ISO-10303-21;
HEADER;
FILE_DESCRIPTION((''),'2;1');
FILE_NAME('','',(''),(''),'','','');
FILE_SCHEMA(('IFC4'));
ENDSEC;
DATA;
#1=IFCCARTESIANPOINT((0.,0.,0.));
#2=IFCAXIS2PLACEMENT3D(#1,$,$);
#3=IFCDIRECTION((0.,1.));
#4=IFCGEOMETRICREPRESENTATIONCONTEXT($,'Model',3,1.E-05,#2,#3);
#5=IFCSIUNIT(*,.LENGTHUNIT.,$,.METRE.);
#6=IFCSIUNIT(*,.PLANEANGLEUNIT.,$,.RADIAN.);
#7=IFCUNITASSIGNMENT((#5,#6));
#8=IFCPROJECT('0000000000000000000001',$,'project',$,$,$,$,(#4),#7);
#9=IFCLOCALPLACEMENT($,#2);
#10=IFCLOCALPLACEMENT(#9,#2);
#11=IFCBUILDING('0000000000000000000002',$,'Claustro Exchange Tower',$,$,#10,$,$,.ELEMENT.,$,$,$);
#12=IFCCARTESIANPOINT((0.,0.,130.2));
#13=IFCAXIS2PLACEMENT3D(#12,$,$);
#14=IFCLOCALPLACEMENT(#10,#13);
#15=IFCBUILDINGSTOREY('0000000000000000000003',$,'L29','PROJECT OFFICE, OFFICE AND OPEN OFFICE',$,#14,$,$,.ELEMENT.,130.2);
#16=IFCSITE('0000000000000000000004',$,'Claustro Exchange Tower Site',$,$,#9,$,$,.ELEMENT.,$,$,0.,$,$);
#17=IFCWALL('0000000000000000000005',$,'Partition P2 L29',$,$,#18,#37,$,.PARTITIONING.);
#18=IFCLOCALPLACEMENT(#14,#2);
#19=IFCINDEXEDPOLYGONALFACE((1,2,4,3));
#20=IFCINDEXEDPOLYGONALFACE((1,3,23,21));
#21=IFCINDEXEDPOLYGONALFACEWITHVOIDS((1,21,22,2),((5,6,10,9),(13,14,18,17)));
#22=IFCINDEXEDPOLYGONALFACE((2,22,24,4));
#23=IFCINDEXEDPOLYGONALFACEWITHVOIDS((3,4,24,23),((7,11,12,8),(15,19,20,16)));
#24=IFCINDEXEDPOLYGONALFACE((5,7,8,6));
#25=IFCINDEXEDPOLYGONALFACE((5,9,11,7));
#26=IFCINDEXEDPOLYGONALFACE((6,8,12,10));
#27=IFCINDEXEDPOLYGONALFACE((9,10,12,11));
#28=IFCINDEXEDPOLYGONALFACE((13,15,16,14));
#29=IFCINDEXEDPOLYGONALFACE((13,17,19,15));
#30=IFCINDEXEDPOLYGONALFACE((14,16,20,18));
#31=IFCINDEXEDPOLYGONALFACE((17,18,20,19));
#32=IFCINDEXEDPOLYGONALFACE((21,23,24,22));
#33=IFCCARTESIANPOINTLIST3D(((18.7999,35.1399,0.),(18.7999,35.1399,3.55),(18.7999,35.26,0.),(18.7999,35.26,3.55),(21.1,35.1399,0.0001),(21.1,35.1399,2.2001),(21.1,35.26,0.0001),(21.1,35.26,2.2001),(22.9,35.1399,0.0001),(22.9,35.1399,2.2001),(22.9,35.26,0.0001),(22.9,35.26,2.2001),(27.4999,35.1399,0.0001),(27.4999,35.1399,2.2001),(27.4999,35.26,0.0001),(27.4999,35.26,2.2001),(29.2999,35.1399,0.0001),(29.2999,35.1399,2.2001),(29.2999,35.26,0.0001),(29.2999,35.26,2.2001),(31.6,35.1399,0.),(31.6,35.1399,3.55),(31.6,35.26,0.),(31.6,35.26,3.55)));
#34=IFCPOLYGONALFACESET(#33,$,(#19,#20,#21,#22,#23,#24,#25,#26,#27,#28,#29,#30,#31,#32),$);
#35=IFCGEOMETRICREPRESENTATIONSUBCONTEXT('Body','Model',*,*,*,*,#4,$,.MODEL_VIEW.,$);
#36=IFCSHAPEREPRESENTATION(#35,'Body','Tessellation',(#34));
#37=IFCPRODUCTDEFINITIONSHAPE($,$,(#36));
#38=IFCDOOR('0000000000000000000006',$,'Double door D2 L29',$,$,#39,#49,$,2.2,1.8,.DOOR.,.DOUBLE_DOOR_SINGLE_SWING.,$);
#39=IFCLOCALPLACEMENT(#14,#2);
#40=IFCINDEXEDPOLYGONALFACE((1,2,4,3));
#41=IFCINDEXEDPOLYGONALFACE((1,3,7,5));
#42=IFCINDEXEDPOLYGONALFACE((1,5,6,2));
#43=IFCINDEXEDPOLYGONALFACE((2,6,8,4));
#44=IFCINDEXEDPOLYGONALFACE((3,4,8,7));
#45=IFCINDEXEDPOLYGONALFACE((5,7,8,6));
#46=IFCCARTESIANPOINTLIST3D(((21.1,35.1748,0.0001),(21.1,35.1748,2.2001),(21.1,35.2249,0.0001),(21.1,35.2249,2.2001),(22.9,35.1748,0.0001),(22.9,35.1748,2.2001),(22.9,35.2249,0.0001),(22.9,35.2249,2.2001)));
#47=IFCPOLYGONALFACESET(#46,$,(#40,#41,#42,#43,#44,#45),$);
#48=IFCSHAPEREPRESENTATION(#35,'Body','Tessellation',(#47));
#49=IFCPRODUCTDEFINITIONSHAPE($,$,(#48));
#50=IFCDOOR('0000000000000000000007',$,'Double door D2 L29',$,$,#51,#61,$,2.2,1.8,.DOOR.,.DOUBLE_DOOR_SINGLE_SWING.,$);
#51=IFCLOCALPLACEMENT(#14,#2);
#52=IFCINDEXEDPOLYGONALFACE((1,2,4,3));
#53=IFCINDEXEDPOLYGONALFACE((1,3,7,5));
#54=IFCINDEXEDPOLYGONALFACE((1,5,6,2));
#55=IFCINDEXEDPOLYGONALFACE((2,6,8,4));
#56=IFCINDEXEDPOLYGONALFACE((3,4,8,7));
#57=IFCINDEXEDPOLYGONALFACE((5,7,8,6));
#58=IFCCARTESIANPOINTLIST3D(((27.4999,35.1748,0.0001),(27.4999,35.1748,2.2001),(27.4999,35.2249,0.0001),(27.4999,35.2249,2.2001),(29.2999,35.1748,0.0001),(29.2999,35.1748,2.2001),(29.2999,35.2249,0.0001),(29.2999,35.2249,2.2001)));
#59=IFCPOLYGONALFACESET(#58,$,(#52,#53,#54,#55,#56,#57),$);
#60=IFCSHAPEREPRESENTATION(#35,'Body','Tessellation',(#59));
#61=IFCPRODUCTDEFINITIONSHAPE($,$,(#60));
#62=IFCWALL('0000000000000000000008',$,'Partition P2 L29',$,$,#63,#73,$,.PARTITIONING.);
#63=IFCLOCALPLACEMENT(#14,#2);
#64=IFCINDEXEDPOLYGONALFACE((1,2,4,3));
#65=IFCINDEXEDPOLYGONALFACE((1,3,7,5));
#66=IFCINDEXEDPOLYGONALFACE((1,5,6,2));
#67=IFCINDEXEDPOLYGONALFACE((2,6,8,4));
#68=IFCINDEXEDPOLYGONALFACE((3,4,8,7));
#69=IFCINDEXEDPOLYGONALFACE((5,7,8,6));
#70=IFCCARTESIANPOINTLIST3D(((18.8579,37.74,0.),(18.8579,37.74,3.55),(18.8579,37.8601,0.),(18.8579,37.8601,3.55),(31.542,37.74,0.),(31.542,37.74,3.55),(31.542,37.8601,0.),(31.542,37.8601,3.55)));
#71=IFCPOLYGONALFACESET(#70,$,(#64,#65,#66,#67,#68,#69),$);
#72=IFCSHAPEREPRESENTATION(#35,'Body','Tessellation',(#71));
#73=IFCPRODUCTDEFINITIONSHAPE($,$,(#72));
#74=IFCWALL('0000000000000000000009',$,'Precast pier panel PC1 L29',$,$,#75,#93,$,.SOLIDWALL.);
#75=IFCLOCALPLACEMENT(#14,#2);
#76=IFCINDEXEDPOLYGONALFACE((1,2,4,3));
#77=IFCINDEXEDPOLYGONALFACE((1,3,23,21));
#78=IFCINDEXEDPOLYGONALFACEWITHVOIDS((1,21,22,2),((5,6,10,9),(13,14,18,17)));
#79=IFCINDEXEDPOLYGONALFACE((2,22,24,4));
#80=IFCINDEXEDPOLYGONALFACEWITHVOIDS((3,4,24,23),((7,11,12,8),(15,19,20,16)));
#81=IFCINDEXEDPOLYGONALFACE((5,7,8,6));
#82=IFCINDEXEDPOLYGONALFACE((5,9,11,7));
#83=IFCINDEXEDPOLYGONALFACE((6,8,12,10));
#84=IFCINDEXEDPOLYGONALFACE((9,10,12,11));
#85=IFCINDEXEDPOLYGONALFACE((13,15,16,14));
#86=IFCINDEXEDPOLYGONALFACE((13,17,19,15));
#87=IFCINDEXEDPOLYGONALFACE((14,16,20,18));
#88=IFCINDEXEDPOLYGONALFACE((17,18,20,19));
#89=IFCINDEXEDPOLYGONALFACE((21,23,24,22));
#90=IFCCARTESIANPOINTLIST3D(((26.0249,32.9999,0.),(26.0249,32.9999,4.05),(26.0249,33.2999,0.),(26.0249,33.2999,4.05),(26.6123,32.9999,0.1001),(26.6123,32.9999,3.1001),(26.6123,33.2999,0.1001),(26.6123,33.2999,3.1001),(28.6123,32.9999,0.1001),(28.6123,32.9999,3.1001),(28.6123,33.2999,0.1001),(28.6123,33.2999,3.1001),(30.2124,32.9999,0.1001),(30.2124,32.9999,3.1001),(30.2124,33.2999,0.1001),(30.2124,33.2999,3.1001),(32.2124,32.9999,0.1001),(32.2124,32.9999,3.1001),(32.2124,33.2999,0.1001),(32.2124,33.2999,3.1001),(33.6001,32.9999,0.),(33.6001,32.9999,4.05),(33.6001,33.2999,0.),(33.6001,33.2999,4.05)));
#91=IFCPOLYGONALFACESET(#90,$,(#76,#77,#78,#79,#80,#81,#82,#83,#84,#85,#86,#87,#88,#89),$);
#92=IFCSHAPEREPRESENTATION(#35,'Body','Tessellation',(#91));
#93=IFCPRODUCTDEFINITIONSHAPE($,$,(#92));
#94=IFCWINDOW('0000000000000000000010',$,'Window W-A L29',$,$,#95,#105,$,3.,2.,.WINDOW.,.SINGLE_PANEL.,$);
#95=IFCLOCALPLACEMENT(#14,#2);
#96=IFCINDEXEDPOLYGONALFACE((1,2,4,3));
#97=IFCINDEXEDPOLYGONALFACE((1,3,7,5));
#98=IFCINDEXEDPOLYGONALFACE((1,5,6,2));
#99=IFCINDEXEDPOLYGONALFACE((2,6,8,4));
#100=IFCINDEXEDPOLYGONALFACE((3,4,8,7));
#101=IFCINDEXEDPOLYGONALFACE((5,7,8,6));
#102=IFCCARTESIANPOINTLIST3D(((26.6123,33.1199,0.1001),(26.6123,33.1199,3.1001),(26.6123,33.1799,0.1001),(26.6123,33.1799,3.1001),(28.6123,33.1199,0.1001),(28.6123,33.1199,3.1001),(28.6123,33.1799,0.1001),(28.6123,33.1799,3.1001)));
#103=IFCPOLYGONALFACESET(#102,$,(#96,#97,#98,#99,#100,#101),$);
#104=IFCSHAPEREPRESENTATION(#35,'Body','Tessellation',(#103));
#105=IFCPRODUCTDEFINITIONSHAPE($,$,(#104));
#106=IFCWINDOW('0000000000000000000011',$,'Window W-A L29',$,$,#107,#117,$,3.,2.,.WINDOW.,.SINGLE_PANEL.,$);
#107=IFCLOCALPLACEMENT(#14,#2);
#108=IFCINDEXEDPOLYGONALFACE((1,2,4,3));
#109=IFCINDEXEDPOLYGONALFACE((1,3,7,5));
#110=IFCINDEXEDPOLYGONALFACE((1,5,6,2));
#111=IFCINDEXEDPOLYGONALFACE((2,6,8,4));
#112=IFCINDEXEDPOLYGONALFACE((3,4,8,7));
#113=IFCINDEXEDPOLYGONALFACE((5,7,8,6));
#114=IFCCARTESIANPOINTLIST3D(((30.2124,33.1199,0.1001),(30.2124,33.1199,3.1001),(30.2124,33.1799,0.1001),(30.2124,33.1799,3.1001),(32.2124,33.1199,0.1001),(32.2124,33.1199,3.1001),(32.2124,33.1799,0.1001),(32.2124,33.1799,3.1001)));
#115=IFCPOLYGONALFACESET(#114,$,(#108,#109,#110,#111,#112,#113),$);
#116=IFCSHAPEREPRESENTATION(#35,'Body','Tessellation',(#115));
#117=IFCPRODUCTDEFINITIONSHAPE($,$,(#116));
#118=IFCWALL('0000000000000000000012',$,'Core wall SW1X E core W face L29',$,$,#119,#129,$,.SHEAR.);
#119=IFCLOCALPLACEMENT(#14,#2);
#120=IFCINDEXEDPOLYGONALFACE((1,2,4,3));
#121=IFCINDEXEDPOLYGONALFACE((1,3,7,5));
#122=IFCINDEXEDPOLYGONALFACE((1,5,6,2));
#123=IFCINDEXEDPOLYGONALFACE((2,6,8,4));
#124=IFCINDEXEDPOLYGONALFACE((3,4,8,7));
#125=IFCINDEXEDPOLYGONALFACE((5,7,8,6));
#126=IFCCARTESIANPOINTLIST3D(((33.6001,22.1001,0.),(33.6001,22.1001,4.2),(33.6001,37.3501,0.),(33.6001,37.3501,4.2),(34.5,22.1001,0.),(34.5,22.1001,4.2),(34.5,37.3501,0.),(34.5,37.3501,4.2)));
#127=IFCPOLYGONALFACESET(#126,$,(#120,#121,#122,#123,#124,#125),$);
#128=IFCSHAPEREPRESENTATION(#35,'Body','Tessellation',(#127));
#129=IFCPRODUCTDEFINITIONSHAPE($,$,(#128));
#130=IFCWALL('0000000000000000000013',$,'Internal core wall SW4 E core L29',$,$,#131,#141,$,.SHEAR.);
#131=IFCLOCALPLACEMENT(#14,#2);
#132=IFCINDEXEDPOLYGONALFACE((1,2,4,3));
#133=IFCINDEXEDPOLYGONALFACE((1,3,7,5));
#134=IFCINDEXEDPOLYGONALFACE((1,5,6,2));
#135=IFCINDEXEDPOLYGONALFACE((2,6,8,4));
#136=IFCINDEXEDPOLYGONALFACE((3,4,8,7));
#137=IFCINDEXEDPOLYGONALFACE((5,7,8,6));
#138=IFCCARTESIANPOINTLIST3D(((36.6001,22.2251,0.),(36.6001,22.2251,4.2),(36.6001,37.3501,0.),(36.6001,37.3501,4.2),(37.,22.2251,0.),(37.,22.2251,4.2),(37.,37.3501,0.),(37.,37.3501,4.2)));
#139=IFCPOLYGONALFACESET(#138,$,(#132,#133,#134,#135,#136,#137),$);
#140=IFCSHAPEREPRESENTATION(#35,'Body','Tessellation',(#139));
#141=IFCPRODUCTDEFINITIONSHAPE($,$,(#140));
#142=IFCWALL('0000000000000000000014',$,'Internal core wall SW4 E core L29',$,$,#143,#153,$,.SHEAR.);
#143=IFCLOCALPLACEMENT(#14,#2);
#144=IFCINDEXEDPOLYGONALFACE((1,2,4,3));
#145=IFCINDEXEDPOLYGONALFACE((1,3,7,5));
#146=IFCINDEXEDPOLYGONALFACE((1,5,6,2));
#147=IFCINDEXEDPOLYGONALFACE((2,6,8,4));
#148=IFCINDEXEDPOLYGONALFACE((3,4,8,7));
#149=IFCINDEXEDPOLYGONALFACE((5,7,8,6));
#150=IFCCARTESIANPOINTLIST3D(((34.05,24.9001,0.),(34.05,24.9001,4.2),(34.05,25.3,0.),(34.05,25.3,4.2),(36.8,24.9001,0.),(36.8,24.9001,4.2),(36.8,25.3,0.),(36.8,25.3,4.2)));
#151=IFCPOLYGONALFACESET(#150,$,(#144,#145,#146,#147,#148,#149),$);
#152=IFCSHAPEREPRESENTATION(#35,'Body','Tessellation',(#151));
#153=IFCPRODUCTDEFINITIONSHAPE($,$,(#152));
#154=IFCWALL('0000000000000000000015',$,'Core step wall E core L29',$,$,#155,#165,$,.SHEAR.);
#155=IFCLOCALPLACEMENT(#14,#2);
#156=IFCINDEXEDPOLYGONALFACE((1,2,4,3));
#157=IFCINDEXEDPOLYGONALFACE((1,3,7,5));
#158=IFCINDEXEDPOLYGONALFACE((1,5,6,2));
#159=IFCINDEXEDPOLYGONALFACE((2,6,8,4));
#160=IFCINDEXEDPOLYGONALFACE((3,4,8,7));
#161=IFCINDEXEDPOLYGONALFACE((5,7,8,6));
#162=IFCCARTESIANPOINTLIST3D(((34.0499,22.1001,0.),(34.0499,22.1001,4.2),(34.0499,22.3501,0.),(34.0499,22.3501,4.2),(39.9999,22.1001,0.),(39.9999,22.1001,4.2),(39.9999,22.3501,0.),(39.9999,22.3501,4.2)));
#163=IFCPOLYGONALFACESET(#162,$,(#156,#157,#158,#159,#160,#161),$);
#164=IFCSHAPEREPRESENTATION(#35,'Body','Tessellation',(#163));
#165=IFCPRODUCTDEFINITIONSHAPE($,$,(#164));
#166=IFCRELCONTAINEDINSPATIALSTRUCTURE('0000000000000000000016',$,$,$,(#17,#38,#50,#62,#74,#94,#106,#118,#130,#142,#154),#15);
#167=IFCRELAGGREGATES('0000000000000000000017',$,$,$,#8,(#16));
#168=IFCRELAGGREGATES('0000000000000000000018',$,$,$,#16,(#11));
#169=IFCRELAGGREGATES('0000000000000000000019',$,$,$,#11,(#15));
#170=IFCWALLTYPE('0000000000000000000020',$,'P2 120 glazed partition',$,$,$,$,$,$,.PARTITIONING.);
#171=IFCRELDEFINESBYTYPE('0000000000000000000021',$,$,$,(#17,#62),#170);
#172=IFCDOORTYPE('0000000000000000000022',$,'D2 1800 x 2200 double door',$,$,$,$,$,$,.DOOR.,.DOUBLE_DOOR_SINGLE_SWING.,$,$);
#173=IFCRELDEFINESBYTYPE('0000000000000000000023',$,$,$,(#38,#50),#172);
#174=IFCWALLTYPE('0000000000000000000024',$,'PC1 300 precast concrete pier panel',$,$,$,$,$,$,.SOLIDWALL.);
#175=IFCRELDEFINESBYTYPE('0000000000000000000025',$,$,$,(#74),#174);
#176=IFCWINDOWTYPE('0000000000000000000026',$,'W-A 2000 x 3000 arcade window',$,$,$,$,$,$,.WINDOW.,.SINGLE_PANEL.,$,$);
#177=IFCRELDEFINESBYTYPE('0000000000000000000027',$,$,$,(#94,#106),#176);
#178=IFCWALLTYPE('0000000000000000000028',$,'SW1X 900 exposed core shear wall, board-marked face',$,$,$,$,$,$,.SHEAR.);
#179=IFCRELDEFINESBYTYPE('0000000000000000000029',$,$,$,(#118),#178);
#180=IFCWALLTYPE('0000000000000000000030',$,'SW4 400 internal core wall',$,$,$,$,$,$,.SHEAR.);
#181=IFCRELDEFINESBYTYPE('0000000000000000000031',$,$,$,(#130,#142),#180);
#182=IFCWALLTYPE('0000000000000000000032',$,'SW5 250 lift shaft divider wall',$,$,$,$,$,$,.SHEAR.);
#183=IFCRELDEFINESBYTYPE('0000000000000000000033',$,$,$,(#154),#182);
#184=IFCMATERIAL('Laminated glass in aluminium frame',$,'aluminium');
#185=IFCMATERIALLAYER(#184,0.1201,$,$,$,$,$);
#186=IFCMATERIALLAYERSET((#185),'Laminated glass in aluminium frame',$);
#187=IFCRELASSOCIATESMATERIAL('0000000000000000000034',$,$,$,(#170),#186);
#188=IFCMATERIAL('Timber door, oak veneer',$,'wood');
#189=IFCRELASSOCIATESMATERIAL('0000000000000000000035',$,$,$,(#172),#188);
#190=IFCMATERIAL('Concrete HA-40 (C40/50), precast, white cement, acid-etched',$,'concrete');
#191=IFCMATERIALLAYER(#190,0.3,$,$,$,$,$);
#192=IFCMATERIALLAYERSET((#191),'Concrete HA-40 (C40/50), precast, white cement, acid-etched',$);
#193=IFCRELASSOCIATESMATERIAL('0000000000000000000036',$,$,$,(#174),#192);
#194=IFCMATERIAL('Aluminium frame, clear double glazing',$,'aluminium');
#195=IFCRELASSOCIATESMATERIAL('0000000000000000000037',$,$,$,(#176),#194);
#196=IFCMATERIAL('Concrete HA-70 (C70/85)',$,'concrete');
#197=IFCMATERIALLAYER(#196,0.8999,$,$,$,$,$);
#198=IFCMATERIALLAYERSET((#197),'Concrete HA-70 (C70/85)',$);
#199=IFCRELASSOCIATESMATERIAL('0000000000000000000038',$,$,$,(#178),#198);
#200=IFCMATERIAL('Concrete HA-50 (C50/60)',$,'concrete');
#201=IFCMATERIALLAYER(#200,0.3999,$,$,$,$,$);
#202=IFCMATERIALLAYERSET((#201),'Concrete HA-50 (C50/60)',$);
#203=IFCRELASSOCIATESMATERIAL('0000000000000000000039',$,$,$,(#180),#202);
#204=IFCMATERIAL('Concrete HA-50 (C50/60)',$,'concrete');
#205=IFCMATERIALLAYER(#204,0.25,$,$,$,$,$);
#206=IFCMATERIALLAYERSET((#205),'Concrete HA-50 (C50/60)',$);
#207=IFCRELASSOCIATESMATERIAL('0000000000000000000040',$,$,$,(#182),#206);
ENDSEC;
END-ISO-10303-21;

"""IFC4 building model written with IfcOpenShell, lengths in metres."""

from ifc_helpers import new_model, si_unit, direction, frame, frame_2d, origin, place, context, subcontext, project, spatial, rectangle, extrude, material, layer, layer_set, type_object, element, fill, save


model = new_model("IFC4")

# Units and contexts
model_context = context("Model", 3, precision=1e-05, world=origin(), true_north=direction((0.0, 1.0)))
body_context = subcontext(model_context, "Body", "Model", "MODEL_VIEW")
ifc_project = project(units=[si_unit("LENGTHUNIT", "METRE"), si_unit("PLANEANGLEUNIT", "RADIAN")], contexts=[model_context])

# Site, building, storey
site_placement = place(None, origin())
site = spatial("IfcSite", under=ifc_project, at=site_placement, Name="Claustro Exchange Tower Site", CompositionType="ELEMENT", RefElevation=0.0)
building_placement = place(site_placement, origin())
building = spatial("IfcBuilding", under=site, at=building_placement, Name="Claustro Exchange Tower", CompositionType="ELEMENT")
storey_placement = place(building_placement, frame((0.0, 0.0, 130.2)))
storey = spatial("IfcBuildingStorey", under=building, at=storey_placement, Name="L29", Description="PROJECT OFFICE, OFFICE AND OPEN OFFICE", CompositionType="ELEMENT", Elevation=130.2)

# Shared definitions
ifc_material_1 = material(Name="Laminated glass in aluminium frame", Category="aluminium")
ifc_layer_1 = layer(ifc_material_1, 0.1201)
ifc_layer_set_1 = layer_set([ifc_layer_1], Name="Laminated glass in aluminium frame")
wall_type_1 = type_object("IfcWallType", Name="P2 120 glazed partition", PredefinedType="PARTITIONING", material=ifc_layer_set_1)
ifc_material_2 = material(Name="Timber door, oak veneer", Category="wood")
door_type_1 = type_object("IfcDoorType", Name="D2 1800 x 2200 double door", OperationType="DOUBLE_DOOR_SINGLE_SWING", PredefinedType="DOOR", material=ifc_material_2)

# Wall, openings, doors
wall_1_placement = place(storey_placement, frame((18.8, 35.2, 0.0), z_axis=(0.0, 0.0, 1.0), x_axis=(1.0, 0.0, 0.0)))
wall_1 = element("IfcWall", 1, at=wall_1_placement, inside=storey, type_object=wall_type_1, Name="Partition P2 L29", PredefinedType="PARTITIONING", context=body_context, shape_type="SweptSolid", body=[
    extrude(rectangle(XDim=12.8, YDim=0.1201, at=frame_2d((6.3999, 0.0))), origin(), (0.0, 0.0, 1.0), 3.55),
])
opening_1_placement = place(wall_1_placement, frame((2.3, 0.0, 0.0)))
opening_1 = element("IfcOpeningElement", 2, at=opening_1_placement, cuts=wall_1, PredefinedType="OPENING", context=body_context, shape_type="SweptSolid", body=[
    extrude(rectangle(XDim=1.8, YDim=2.2, at=frame_2d((0.8999, 1.1001))), frame((0.0, 0.0701, 0.0), z_axis=(0.0, -1.0, 0.0), x_axis=(1.0, 0.0, 0.0)), (0.0, 0.0, 1.0), 0.1401),
])
opening_2_placement = place(wall_1_placement, frame((8.7, 0.0, 0.0)))
opening_2 = element("IfcOpeningElement", 3, at=opening_2_placement, cuts=wall_1, PredefinedType="OPENING", context=body_context, shape_type="SweptSolid", body=[
    extrude(rectangle(XDim=1.8, YDim=2.2, at=frame_2d((0.8999, 1.1001))), frame((0.0, 0.0701, 0.0), z_axis=(0.0, -1.0, 0.0), x_axis=(1.0, 0.0, 0.0)), (0.0, 0.0, 1.0), 0.1401),
])
door_1_placement = place(opening_1_placement, origin())
door_1 = element("IfcDoor", 4, at=door_1_placement, inside=storey, type_object=door_type_1, Name="Double door D2 L29", OperationType="DOUBLE_DOOR_SINGLE_SWING", OverallHeight=2.2, OverallWidth=1.8, PredefinedType="DOOR", context=body_context, shape_type="SweptSolid", body=[
    extrude(rectangle(XDim=1.8, YDim=2.2, at=frame_2d((0.8999, 1.1001))), frame((0.0, 0.0249, 0.0), z_axis=(0.0, -1.0, 0.0), x_axis=(1.0, 0.0, 0.0)), (0.0, 0.0, 1.0), 0.05),
])
fill(opening_1, door_1)
door_2_placement = place(opening_2_placement, origin())
door_2 = element("IfcDoor", 5, at=door_2_placement, inside=storey, type_object=door_type_1, Name="Double door D2 L29", OperationType="DOUBLE_DOOR_SINGLE_SWING", OverallHeight=2.2, OverallWidth=1.8, PredefinedType="DOOR", context=body_context, shape_type="SweptSolid", body=[
    extrude(rectangle(XDim=1.8, YDim=2.2, at=frame_2d((0.8999, 1.1001))), frame((0.0, 0.0249, 0.0), z_axis=(0.0, -1.0, 0.0), x_axis=(1.0, 0.0, 0.0)), (0.0, 0.0, 1.0), 0.05),
])
fill(opening_2, door_2)

# Wall
wall_2_placement = place(storey_placement, frame((18.8579, 37.8, 0.0), z_axis=(0.0, 0.0, 1.0), x_axis=(1.0, 0.0, 0.0)))
element("IfcWall", 6, at=wall_2_placement, inside=storey, type_object=wall_type_1, Name="Partition P2 L29", PredefinedType="PARTITIONING", context=body_context, shape_type="SweptSolid", body=[
    extrude(rectangle(XDim=12.6841, YDim=0.1201, at=frame_2d((6.342, 0.0))), origin(), (0.0, 0.0, 1.0), 3.55),
])

# Wall, openings, windows
ifc_material_3 = material(Name="Concrete HA-40 (C40/50), precast, white cement, acid-etched", Category="concrete")
ifc_layer_2 = layer(ifc_material_3, 0.3)
ifc_layer_set_2 = layer_set([ifc_layer_2], Name="Concrete HA-40 (C40/50), precast, white cement, acid-etched")
wall_type_2 = type_object("IfcWallType", Name="PC1 300 precast concrete pier panel", PredefinedType="SOLIDWALL", material=ifc_layer_set_2)
wall_3_placement = place(storey_placement, frame((26.0249, 33.1499, 0.0), z_axis=(0.0, 0.0, 1.0), x_axis=(1.0, 0.0, 0.0)))
wall_3 = element("IfcWall", 7, at=wall_3_placement, inside=storey, type_object=wall_type_2, Name="Precast pier panel PC1 L29", PredefinedType="SOLIDWALL", context=body_context, shape_type="SweptSolid", body=[
    extrude(rectangle(XDim=7.5752, YDim=0.3, at=frame_2d((3.7876, 0.0))), origin(), (0.0, 0.0, 1.0), 4.05),
])
opening_3_placement = place(wall_3_placement, frame((0.5874, 0.0, 0.1001)))
opening_3 = element("IfcOpeningElement", 8, at=opening_3_placement, cuts=wall_3, PredefinedType="OPENING", context=body_context, shape_type="SweptSolid", body=[
    extrude(rectangle(XDim=2.0, YDim=3.0, at=frame_2d((1.0, 1.5))), frame((0.0, 0.1599, 0.0), z_axis=(0.0, -1.0, 0.0), x_axis=(1.0, 0.0, 0.0)), (0.0, 0.0, 1.0), 0.3201),
])
opening_4_placement = place(wall_3_placement, frame((4.1875, 0.0, 0.1001)))
opening_4 = element("IfcOpeningElement", 9, at=opening_4_placement, cuts=wall_3, PredefinedType="OPENING", context=body_context, shape_type="SweptSolid", body=[
    extrude(rectangle(XDim=2.0, YDim=3.0, at=frame_2d((1.0, 1.5))), frame((0.0, 0.1599, 0.0), z_axis=(0.0, -1.0, 0.0), x_axis=(1.0, 0.0, 0.0)), (0.0, 0.0, 1.0), 0.3201),
])
ifc_material_4 = material(Name="Aluminium frame, clear double glazing", Category="aluminium")
window_type = type_object("IfcWindowType", Name="W-A 2000 x 3000 arcade window", PartitioningType="SINGLE_PANEL", PredefinedType="WINDOW", material=ifc_material_4)
window_1_placement = place(opening_3_placement, origin())
window_1 = element("IfcWindow", 10, at=window_1_placement, inside=storey, type_object=window_type, Name="Window W-A L29", OverallHeight=3.0, OverallWidth=2.0, PartitioningType="SINGLE_PANEL", PredefinedType="WINDOW", context=body_context, shape_type="SweptSolid", body=[
    extrude(rectangle(XDim=2.0, YDim=3.0, at=frame_2d((1.0, 1.5))), frame((0.0, 0.03, 0.0), z_axis=(0.0, -1.0, 0.0), x_axis=(1.0, 0.0, 0.0)), (0.0, 0.0, 1.0), 0.0601),
])
fill(opening_3, window_1)
window_2_placement = place(opening_4_placement, origin())
window_2 = element("IfcWindow", 11, at=window_2_placement, inside=storey, type_object=window_type, Name="Window W-A L29", OverallHeight=3.0, OverallWidth=2.0, PartitioningType="SINGLE_PANEL", PredefinedType="WINDOW", context=body_context, shape_type="SweptSolid", body=[
    extrude(rectangle(XDim=2.0, YDim=3.0, at=frame_2d((1.0, 1.5))), frame((0.0, 0.03, 0.0), z_axis=(0.0, -1.0, 0.0), x_axis=(1.0, 0.0, 0.0)), (0.0, 0.0, 1.0), 0.0601),
])
fill(opening_4, window_2)

# Walls
ifc_material_5 = material(Name="Concrete HA-70 (C70/85)", Category="concrete")
ifc_layer_3 = layer(ifc_material_5, 0.8999)
ifc_layer_set_3 = layer_set([ifc_layer_3], Name="Concrete HA-70 (C70/85)")
wall_type_3 = type_object("IfcWallType", Name="SW1X 900 exposed core shear wall, board-marked face", PredefinedType="SHEAR", material=ifc_layer_set_3)
wall_4_placement = place(storey_placement, frame((34.05, 22.1001, 0.0), z_axis=(0.0, 0.0, 1.0), x_axis=(0.0, 1.0, 0.0)))
element("IfcWall", 12, at=wall_4_placement, inside=storey, type_object=wall_type_3, Name="Core wall SW1X E core W face L29", PredefinedType="SHEAR", context=body_context, shape_type="SweptSolid", body=[
    extrude(rectangle(XDim=15.25, YDim=0.8999, at=frame_2d((7.625, 0.0))), origin(), (0.0, 0.0, 1.0), 4.2),
])
ifc_material_6 = material(Name="Concrete HA-50 (C50/60)", Category="concrete")
ifc_layer_4 = layer(ifc_material_6, 0.3999)
ifc_layer_set_4 = layer_set([ifc_layer_4], Name="Concrete HA-50 (C50/60)")
wall_type_4 = type_object("IfcWallType", Name="SW4 400 internal core wall", PredefinedType="SHEAR", material=ifc_layer_set_4)
wall_5_placement = place(storey_placement, frame((36.8, 22.2251, 0.0), z_axis=(0.0, 0.0, 1.0), x_axis=(0.0, 1.0, 0.0)))
element("IfcWall", 13, at=wall_5_placement, inside=storey, type_object=wall_type_4, Name="Internal core wall SW4 E core L29", PredefinedType="SHEAR", context=body_context, shape_type="SweptSolid", body=[
    extrude(rectangle(XDim=15.125, YDim=0.3999, at=frame_2d((7.5625, 0.0))), origin(), (0.0, 0.0, 1.0), 4.2),
])
wall_6_placement = place(storey_placement, frame((36.8, 25.1001, 0.0), z_axis=(0.0, 0.0, 1.0), x_axis=(-1.0, 0.0, 0.0)))
element("IfcWall", 14, at=wall_6_placement, inside=storey, type_object=wall_type_4, Name="Internal core wall SW4 E core L29", PredefinedType="SHEAR", context=body_context, shape_type="SweptSolid", body=[
    extrude(rectangle(XDim=2.75, YDim=0.3999, at=frame_2d((1.375, 0.0))), origin(), (0.0, 0.0, 1.0), 4.2),
])
ifc_material_7 = material(Name="Concrete HA-50 (C50/60)", Category="concrete")
ifc_layer_5 = layer(ifc_material_7, 0.25)
ifc_layer_set_5 = layer_set([ifc_layer_5], Name="Concrete HA-50 (C50/60)")
wall_type_5 = type_object("IfcWallType", Name="SW5 250 lift shaft divider wall", PredefinedType="SHEAR", material=ifc_layer_set_5)
wall_7_placement = place(storey_placement, frame((40.0, 22.2251, 0.0), z_axis=(0.0, 0.0, 1.0), x_axis=(-1.0, 0.0, 0.0)))
element("IfcWall", 15, at=wall_7_placement, inside=storey, type_object=wall_type_5, Name="Core step wall E core L29", PredefinedType="SHEAR", context=body_context, shape_type="SweptSolid", body=[
    extrude(rectangle(XDim=5.95, YDim=0.25, at=frame_2d((2.9751, 0.0))), origin(), (0.0, 0.0, 1.0), 4.2),
])

save(model, "model.ifc")
